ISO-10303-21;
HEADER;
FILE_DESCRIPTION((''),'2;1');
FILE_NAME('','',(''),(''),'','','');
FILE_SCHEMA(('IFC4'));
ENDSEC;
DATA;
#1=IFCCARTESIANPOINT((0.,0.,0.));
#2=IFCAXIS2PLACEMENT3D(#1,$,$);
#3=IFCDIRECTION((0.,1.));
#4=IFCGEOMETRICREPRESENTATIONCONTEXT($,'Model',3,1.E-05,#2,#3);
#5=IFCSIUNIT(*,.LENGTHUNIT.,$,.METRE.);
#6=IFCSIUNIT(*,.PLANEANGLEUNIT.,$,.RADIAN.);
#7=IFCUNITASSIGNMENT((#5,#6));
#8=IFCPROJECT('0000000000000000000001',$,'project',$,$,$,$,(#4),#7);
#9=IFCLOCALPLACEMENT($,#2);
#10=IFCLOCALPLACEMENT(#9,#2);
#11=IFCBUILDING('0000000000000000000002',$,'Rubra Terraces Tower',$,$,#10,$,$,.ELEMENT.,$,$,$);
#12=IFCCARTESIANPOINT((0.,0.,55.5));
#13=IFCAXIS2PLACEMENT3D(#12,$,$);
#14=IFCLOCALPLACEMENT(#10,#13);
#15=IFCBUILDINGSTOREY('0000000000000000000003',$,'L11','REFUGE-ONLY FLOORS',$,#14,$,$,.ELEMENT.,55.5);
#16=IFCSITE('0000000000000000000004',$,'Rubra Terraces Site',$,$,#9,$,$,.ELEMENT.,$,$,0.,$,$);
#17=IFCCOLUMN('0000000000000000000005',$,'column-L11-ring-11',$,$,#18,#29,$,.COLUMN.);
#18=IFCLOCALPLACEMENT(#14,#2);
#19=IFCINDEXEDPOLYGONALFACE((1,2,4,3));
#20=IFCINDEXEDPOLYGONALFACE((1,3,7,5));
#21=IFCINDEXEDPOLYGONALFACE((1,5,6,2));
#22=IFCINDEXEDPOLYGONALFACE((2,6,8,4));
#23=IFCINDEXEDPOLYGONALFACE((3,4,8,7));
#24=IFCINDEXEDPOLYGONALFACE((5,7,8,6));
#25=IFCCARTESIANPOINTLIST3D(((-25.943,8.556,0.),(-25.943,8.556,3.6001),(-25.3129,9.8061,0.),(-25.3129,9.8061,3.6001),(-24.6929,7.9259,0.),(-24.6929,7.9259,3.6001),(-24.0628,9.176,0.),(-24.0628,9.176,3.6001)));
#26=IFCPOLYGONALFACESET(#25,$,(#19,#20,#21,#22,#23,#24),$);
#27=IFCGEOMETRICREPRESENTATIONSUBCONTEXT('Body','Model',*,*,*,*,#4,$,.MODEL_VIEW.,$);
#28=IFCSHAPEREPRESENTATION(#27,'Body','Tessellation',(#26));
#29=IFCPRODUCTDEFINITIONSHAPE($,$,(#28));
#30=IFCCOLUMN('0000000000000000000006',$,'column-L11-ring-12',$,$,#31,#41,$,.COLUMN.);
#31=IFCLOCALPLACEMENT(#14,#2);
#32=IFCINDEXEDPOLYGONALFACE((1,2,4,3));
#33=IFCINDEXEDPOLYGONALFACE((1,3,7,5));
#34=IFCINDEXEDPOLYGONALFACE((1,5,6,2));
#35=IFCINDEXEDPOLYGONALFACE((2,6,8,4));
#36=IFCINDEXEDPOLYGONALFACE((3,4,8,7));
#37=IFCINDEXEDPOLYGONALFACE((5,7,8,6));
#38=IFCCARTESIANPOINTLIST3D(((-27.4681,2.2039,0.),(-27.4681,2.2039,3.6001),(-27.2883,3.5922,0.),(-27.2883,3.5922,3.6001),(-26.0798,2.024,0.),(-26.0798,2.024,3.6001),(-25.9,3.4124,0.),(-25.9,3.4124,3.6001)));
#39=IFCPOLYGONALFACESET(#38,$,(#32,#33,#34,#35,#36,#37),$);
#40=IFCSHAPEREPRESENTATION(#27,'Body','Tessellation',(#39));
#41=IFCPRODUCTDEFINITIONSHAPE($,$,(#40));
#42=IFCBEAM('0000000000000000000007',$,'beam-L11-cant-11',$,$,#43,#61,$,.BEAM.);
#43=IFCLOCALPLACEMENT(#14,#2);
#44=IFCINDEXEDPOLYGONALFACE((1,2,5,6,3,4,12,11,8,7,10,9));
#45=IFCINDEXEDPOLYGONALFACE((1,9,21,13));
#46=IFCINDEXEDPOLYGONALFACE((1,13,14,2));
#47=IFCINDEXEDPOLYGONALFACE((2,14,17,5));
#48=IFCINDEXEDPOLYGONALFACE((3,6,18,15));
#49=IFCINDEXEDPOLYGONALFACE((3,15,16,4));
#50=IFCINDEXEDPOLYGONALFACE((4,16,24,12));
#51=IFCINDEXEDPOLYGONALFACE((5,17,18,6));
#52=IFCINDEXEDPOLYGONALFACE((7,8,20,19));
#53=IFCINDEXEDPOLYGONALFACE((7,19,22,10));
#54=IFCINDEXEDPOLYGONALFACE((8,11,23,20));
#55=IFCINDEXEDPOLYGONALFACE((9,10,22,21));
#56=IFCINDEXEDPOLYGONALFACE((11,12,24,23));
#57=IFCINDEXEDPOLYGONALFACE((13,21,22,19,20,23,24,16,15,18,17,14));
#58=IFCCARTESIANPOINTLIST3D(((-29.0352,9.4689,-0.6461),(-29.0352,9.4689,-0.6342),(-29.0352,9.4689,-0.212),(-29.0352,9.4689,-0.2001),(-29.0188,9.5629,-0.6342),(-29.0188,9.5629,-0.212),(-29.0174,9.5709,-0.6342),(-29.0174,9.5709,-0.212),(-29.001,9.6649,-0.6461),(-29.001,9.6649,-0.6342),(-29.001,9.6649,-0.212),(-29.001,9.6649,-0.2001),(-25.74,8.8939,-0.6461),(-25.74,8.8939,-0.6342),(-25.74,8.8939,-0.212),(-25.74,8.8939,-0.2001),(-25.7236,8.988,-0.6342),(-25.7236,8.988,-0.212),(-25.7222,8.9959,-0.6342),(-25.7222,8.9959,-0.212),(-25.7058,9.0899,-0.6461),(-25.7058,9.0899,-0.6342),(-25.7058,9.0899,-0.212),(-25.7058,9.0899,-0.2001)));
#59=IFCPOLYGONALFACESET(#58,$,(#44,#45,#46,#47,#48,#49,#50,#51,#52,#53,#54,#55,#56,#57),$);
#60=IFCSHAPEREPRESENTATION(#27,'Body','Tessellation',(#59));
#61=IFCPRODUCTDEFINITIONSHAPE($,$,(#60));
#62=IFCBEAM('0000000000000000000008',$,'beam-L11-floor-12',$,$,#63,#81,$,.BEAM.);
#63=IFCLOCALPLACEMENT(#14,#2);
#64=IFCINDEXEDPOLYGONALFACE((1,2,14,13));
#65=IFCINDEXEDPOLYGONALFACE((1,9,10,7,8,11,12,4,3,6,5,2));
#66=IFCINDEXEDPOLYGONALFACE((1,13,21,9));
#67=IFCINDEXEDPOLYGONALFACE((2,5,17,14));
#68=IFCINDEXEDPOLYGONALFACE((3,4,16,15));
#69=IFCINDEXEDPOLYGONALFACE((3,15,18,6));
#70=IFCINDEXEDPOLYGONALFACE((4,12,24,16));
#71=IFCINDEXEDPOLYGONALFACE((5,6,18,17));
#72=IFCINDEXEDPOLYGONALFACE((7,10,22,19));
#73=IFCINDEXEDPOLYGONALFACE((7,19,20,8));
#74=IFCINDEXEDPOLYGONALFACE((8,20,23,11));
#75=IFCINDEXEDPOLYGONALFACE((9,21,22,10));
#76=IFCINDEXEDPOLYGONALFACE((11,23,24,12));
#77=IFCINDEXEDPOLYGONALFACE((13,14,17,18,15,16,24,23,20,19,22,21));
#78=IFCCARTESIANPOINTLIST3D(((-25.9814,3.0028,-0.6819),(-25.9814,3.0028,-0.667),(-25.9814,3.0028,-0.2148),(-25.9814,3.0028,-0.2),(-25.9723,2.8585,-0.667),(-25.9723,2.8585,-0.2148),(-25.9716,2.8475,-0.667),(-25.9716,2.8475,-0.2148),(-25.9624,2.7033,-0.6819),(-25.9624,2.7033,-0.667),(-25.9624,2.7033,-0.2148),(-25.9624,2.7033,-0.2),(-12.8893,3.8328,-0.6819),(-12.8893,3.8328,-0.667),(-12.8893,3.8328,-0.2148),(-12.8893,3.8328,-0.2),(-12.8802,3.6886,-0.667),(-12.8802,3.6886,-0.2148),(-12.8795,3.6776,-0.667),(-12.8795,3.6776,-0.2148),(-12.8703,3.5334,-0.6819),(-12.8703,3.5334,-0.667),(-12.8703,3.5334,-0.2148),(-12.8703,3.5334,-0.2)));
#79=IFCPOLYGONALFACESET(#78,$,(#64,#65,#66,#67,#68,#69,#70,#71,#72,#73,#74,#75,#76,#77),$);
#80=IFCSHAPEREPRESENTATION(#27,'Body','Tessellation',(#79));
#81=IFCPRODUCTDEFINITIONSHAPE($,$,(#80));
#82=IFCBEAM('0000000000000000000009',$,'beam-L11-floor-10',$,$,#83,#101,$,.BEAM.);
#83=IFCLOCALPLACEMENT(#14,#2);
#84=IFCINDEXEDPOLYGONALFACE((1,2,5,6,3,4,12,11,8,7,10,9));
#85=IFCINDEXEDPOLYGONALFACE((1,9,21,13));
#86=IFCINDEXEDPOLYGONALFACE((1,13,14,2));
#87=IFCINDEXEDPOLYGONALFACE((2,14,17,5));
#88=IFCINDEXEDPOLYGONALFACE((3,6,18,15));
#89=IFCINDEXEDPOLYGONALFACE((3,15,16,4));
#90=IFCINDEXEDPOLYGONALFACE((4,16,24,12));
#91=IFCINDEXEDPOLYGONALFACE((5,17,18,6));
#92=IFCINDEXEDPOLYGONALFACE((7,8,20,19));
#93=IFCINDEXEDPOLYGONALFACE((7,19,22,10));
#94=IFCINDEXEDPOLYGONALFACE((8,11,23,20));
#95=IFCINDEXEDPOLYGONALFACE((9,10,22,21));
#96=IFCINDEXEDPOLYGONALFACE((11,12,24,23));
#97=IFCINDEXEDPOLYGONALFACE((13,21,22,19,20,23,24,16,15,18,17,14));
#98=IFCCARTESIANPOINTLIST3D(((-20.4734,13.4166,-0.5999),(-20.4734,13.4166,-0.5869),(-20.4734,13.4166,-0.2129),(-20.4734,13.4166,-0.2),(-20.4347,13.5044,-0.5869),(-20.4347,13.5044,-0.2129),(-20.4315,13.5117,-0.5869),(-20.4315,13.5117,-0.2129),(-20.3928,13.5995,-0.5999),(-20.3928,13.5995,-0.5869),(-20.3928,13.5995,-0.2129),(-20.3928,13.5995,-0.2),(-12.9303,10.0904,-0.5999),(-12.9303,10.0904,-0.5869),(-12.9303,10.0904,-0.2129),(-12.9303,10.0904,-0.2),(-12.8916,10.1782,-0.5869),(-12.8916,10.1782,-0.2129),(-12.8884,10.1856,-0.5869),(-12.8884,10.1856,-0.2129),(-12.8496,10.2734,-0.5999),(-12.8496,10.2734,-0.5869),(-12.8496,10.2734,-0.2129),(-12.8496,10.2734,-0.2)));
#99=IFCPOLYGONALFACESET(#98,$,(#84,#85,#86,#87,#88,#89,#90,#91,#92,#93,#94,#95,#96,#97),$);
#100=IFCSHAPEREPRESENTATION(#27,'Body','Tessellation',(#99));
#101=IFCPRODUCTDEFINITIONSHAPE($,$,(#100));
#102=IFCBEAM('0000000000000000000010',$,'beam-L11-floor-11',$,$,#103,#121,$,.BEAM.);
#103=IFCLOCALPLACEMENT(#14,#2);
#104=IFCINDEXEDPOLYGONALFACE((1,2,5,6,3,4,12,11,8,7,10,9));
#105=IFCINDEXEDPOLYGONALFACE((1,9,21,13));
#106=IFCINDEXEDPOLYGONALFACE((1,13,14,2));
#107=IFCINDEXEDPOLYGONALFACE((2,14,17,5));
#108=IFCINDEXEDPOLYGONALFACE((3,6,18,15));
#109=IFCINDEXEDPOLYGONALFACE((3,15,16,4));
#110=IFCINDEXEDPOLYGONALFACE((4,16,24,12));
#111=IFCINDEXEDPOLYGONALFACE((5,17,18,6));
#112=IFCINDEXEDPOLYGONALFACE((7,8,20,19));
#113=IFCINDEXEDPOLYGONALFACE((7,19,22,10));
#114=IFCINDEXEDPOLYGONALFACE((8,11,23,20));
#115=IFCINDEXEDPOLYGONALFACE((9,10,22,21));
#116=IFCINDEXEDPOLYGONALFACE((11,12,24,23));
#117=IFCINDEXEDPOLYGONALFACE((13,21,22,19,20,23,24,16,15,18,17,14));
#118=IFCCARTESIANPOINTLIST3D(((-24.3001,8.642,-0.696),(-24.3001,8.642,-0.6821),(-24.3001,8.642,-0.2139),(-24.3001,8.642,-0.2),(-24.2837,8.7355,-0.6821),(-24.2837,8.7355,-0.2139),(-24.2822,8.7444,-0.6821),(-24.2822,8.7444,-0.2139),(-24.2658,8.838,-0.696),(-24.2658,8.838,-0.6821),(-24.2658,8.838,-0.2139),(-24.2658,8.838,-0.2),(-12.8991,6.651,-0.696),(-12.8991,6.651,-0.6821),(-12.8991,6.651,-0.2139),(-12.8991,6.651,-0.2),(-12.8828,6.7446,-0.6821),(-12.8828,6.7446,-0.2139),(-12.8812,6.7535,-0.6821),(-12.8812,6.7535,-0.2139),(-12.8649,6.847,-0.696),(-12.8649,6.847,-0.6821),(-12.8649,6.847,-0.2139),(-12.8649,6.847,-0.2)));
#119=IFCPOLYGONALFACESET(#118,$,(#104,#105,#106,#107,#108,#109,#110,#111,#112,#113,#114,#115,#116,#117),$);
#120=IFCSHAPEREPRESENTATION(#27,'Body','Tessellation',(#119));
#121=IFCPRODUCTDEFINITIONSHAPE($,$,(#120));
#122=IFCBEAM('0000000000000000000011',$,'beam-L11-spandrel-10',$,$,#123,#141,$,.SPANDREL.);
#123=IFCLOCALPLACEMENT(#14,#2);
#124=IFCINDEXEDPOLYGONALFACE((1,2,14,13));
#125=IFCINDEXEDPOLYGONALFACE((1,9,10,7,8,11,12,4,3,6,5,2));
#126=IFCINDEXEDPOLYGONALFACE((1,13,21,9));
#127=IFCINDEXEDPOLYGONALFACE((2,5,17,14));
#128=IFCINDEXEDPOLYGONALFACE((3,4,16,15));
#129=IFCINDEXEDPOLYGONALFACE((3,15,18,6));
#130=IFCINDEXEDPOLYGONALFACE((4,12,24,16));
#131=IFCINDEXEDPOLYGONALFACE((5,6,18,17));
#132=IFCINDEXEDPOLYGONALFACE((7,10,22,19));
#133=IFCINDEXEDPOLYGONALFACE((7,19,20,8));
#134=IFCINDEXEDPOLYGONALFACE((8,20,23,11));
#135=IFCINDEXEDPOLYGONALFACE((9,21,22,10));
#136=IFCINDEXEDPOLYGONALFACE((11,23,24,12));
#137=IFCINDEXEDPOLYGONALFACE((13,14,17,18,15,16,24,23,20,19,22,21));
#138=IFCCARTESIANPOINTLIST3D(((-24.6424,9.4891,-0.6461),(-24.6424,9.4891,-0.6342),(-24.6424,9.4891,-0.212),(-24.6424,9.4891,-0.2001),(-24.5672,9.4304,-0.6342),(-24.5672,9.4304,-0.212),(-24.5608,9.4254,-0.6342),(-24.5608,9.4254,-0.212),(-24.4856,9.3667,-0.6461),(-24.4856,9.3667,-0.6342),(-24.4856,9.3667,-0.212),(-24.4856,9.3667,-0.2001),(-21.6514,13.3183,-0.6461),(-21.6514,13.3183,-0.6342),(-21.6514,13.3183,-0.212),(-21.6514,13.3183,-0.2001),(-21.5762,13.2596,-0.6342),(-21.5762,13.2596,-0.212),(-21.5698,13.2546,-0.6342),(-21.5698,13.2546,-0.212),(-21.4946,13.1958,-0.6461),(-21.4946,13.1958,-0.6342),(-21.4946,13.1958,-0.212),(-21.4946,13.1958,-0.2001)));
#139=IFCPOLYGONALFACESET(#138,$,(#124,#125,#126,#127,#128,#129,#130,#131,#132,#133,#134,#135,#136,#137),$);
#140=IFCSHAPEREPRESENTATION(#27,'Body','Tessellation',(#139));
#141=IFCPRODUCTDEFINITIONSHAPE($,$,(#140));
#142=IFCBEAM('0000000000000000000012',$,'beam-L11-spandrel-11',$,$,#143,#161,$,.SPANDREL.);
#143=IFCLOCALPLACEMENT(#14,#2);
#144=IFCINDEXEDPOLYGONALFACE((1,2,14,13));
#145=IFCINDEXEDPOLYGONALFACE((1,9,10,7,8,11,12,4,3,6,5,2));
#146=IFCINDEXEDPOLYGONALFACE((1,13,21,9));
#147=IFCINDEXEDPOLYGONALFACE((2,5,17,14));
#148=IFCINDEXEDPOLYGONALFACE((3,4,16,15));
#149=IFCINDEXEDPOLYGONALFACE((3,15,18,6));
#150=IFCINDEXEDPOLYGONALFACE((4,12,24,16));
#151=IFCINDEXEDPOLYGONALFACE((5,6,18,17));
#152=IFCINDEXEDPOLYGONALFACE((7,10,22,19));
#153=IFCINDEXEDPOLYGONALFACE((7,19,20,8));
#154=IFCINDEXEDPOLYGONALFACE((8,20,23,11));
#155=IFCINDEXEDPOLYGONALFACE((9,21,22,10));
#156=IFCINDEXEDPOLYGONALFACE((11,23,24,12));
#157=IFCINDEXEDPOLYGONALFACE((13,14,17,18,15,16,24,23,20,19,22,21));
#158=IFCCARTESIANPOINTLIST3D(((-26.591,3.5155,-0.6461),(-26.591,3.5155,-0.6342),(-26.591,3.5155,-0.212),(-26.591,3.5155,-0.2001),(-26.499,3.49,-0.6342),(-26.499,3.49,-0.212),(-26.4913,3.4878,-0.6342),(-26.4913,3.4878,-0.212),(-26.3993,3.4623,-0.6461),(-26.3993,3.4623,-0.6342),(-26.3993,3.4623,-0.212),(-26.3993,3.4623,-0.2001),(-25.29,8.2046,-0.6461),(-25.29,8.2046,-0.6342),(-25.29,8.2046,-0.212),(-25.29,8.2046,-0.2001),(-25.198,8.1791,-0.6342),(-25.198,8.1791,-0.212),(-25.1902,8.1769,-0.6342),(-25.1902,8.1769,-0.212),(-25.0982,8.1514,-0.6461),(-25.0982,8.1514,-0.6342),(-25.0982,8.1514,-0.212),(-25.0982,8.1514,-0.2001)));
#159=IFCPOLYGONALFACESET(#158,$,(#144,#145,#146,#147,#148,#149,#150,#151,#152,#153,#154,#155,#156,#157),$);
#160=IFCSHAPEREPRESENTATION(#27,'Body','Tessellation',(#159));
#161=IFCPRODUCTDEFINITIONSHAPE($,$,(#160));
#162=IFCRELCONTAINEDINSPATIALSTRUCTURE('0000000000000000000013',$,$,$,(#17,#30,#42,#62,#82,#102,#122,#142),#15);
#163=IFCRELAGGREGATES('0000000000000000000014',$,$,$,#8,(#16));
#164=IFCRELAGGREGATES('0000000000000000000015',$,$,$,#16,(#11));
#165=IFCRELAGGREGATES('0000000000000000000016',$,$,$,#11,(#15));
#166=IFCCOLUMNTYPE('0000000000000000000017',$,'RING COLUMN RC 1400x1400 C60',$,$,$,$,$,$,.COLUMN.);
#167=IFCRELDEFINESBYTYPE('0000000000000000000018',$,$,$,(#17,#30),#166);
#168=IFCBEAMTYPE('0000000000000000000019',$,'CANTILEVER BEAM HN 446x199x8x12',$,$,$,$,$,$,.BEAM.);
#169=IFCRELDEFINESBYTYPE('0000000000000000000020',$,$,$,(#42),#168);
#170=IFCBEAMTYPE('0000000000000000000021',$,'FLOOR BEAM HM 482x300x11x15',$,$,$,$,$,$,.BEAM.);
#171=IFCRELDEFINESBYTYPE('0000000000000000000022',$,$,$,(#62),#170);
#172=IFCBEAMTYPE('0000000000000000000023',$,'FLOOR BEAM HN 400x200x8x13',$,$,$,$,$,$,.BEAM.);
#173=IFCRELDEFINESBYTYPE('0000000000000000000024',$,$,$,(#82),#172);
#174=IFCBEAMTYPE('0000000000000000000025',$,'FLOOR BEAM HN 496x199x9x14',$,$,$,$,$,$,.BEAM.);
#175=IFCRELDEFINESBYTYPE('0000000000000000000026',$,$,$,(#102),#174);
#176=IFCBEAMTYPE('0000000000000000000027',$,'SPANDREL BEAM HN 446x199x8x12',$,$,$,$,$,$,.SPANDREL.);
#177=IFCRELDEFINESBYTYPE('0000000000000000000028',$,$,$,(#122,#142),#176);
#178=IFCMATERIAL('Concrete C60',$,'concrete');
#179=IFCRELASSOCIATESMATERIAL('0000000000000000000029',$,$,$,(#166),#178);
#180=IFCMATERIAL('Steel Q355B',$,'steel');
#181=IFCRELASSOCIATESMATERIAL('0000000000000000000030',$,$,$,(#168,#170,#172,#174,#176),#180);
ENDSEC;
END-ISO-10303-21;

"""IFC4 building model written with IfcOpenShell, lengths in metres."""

from ifc_helpers import new_model, si_unit, direction, frame, origin, origin_2d, place, context, subcontext, project, spatial, rectangle, i_section, extrude, material, material_profile, profile_set, type_object, element, save


model = new_model("IFC4")

# Units and contexts
model_context = context("Model", 3, precision=1e-05, world=origin(), true_north=direction((0.0, 1.0)))
body_context = subcontext(model_context, "Body", "Model", "MODEL_VIEW")
ifc_project = project(units=[si_unit("LENGTHUNIT", "METRE"), si_unit("PLANEANGLEUNIT", "RADIAN")], contexts=[model_context])

# Site, building, storey
site_placement = place(None, origin())
site = spatial("IfcSite", under=ifc_project, at=site_placement, Name="Rubra Terraces Site", CompositionType="ELEMENT", RefElevation=0.0)
building_placement = place(site_placement, origin())
building = spatial("IfcBuilding", under=site, at=building_placement, Name="Rubra Terraces Tower", CompositionType="ELEMENT")
storey_placement = place(building_placement, frame((0.0, 0.0, 55.5)))
storey = spatial("IfcBuildingStorey", under=building, at=storey_placement, Name="L11", Description="REFUGE-ONLY FLOORS", CompositionType="ELEMENT", Elevation=55.5)

# Columns
ifc_material_1 = material(Name="Concrete C60", Category="concrete")
ifc_material_profile_1 = material_profile(ifc_material_1, rectangle(XDim=1.3999, YDim=1.3999, at=origin_2d()), Name="RC 1400x1400")
ifc_profile_set_1 = profile_set([ifc_material_profile_1], Name="Concrete C60")
column_type = type_object("IfcColumnType", Name="RING COLUMN RC 1400x1400 C60", PredefinedType="COLUMN", material=ifc_profile_set_1)
for number, where, z_axis, x_axis, name in (
    (1, (-25.0029, 8.866, 0.0), (0.0, 0.0, 1.0), (-0.450099, -0.892979, 0.0), "column-L11-ring-11"),
    (2, (-26.6841, 2.8081, 0.0), (0.0, 0.0, 1.0), (-0.128445, -0.991717, 0.0), "column-L11-ring-12"),
):
    element("IfcColumn", number, at=place(storey_placement, frame(where, z_axis=z_axis, x_axis=x_axis)), inside=storey, type_object=column_type, Name=name, PredefinedType="COLUMN", context=body_context, shape_type="SweptSolid", body=[
        extrude(rectangle(XDim=1.3999, YDim=1.3999, at=origin_2d()), origin(), (0.0, 0.0, 1.0), 3.6001),
    ])

# Beams
ifc_material_2 = material(Name="Steel Q355B", Category="steel")
ifc_material_profile_2 = material_profile(ifc_material_2, i_section(OverallWidth=0.199, OverallDepth=0.446, WebThickness=0.0081, FlangeThickness=0.012, at=origin_2d()), Name="HN 446x199x8x12")
ifc_profile_set_2 = profile_set([ifc_material_profile_2], Name="Steel Q355B")
beam_type_1 = type_object("IfcBeamType", Name="CANTILEVER BEAM HN 446x199x8x12", PredefinedType="BEAM", material=ifc_profile_set_2)
beam_1_placement = place(storey_placement, frame((-25.7229, 8.9919, -0.4231), z_axis=(-0.985117, 0.171886, 0.0), x_axis=(-0.171886, -0.985117, 0.0)))
element("IfcBeam", 3, at=beam_1_placement, inside=storey, type_object=beam_type_1, Name="beam-L11-cant-11", PredefinedType="BEAM", context=body_context, shape_type="SweptSolid", body=[
    extrude(i_section(OverallWidth=0.199, OverallDepth=0.446, WebThickness=0.0081, FlangeThickness=0.012, at=origin_2d()), origin(), (0.0, 0.0, 1.0), 3.345),
])
ifc_material_profile_3 = material_profile(ifc_material_2, i_section(OverallWidth=0.3, OverallDepth=0.4819, WebThickness=0.011, FlangeThickness=0.0149, at=origin_2d()), Name="HM 482x300x11x15")
ifc_profile_set_3 = profile_set([ifc_material_profile_3], Name="Steel Q355B")
beam_type_2 = type_object("IfcBeamType", Name="FLOOR BEAM HM 482x300x11x15", PredefinedType="BEAM", material=ifc_profile_set_3)
beam_2_placement = place(storey_placement, frame((-25.9719, 2.853, -0.4409), z_axis=(0.997996, 0.063276, 0.0), x_axis=(-0.063276, 0.997996, 0.0)))
element("IfcBeam", 4, at=beam_2_placement, inside=storey, type_object=beam_type_2, Name="beam-L11-floor-12", PredefinedType="BEAM", context=body_context, shape_type="SweptSolid", body=[
    extrude(i_section(OverallWidth=0.3, OverallDepth=0.4819, WebThickness=0.011, FlangeThickness=0.0149, at=origin_2d()), origin(), (0.0, 0.0, 1.0), 13.1184),
])
ifc_material_profile_4 = material_profile(ifc_material_2, i_section(OverallWidth=0.2, OverallDepth=0.3999, WebThickness=0.0081, FlangeThickness=0.0129, at=origin_2d()), Name="HN 400x200x8x13")
ifc_profile_set_4 = profile_set([ifc_material_profile_4], Name="Steel Q355B")
beam_type_3 = type_object("IfcBeamType", Name="FLOOR BEAM HN 400x200x8x13", PredefinedType="BEAM", material=ifc_profile_set_4)
beam_3_placement = place(storey_placement, frame((-20.4331, 13.5081, -0.3999), z_axis=(0.914995, -0.403466, 0.0), x_axis=(0.403466, 0.914995, 0.0)))
element("IfcBeam", 5, at=beam_3_placement, inside=storey, type_object=beam_type_3, Name="beam-L11-floor-10", PredefinedType="BEAM", context=body_context, shape_type="SweptSolid", body=[
    extrude(i_section(OverallWidth=0.2, OverallDepth=0.3999, WebThickness=0.0081, FlangeThickness=0.0129, at=origin_2d()), origin(), (0.0, 0.0, 1.0), 8.2439),
])
ifc_material_profile_5 = material_profile(ifc_material_2, i_section(OverallWidth=0.199, OverallDepth=0.4961, WebThickness=0.009, FlangeThickness=0.0139, at=origin_2d()), Name="HN 496x199x9x14")
ifc_profile_set_5 = profile_set([ifc_material_profile_5], Name="Steel Q355B")
beam_type_4 = type_object("IfcBeamType", Name="FLOOR BEAM HN 496x199x9x14", PredefinedType="BEAM", material=ifc_profile_set_5)
beam_4_placement = place(storey_placement, frame((-24.283, 8.74, -0.448), z_axis=(0.985092, -0.172029, 0.0), x_axis=(0.172029, 0.985092, 0.0)))
element("IfcBeam", 6, at=beam_4_placement, inside=storey, type_object=beam_type_4, Name="beam-L11-floor-11", PredefinedType="BEAM", context=body_context, shape_type="SweptSolid", body=[
    extrude(i_section(OverallWidth=0.199, OverallDepth=0.4961, WebThickness=0.009, FlangeThickness=0.0139, at=origin_2d()), origin(), (0.0, 0.0, 1.0), 11.5735),
])
ifc_material_profile_6 = material_profile(ifc_material_2, i_section(OverallWidth=0.199, OverallDepth=0.446, WebThickness=0.0081, FlangeThickness=0.012, at=origin_2d()), Name="HN 446x199x8x12")
ifc_profile_set_6 = profile_set([ifc_material_profile_6], Name="Steel Q355B")
beam_type_5 = type_object("IfcBeamType", Name="SPANDREL BEAM HN 446x199x8x12", PredefinedType="SPANDREL", material=ifc_profile_set_6)
beam_5_placement = place(storey_placement, frame((-21.573, 13.2571, -0.4231), z_axis=(-0.615578, -0.788076, 0.0), x_axis=(0.788076, -0.615578, 0.0)))
element("IfcBeam", 7, at=beam_5_placement, inside=storey, type_object=beam_type_5, Name="beam-L11-spandrel-10", PredefinedType="SPANDREL", context=body_context, shape_type="SweptSolid", body=[
    extrude(i_section(OverallWidth=0.199, OverallDepth=0.446, WebThickness=0.0081, FlangeThickness=0.012, at=origin_2d()), origin(), (0.0, 0.0, 1.0), 4.8589),
])
beam_6_placement = place(storey_placement, frame((-25.1941, 8.178, -0.4231), z_axis=(-0.267364, -0.963595, 0.0), x_axis=(0.963595, -0.267364, 0.0)))
element("IfcBeam", 8, at=beam_6_placement, inside=storey, type_object=beam_type_5, Name="beam-L11-spandrel-11", PredefinedType="SPANDREL", context=body_context, shape_type="SweptSolid", body=[
    extrude(i_section(OverallWidth=0.199, OverallDepth=0.446, WebThickness=0.0081, FlangeThickness=0.012, at=origin_2d()), origin(), (0.0, 0.0, 1.0), 4.8662),
])

save(model, "model.ifc")
